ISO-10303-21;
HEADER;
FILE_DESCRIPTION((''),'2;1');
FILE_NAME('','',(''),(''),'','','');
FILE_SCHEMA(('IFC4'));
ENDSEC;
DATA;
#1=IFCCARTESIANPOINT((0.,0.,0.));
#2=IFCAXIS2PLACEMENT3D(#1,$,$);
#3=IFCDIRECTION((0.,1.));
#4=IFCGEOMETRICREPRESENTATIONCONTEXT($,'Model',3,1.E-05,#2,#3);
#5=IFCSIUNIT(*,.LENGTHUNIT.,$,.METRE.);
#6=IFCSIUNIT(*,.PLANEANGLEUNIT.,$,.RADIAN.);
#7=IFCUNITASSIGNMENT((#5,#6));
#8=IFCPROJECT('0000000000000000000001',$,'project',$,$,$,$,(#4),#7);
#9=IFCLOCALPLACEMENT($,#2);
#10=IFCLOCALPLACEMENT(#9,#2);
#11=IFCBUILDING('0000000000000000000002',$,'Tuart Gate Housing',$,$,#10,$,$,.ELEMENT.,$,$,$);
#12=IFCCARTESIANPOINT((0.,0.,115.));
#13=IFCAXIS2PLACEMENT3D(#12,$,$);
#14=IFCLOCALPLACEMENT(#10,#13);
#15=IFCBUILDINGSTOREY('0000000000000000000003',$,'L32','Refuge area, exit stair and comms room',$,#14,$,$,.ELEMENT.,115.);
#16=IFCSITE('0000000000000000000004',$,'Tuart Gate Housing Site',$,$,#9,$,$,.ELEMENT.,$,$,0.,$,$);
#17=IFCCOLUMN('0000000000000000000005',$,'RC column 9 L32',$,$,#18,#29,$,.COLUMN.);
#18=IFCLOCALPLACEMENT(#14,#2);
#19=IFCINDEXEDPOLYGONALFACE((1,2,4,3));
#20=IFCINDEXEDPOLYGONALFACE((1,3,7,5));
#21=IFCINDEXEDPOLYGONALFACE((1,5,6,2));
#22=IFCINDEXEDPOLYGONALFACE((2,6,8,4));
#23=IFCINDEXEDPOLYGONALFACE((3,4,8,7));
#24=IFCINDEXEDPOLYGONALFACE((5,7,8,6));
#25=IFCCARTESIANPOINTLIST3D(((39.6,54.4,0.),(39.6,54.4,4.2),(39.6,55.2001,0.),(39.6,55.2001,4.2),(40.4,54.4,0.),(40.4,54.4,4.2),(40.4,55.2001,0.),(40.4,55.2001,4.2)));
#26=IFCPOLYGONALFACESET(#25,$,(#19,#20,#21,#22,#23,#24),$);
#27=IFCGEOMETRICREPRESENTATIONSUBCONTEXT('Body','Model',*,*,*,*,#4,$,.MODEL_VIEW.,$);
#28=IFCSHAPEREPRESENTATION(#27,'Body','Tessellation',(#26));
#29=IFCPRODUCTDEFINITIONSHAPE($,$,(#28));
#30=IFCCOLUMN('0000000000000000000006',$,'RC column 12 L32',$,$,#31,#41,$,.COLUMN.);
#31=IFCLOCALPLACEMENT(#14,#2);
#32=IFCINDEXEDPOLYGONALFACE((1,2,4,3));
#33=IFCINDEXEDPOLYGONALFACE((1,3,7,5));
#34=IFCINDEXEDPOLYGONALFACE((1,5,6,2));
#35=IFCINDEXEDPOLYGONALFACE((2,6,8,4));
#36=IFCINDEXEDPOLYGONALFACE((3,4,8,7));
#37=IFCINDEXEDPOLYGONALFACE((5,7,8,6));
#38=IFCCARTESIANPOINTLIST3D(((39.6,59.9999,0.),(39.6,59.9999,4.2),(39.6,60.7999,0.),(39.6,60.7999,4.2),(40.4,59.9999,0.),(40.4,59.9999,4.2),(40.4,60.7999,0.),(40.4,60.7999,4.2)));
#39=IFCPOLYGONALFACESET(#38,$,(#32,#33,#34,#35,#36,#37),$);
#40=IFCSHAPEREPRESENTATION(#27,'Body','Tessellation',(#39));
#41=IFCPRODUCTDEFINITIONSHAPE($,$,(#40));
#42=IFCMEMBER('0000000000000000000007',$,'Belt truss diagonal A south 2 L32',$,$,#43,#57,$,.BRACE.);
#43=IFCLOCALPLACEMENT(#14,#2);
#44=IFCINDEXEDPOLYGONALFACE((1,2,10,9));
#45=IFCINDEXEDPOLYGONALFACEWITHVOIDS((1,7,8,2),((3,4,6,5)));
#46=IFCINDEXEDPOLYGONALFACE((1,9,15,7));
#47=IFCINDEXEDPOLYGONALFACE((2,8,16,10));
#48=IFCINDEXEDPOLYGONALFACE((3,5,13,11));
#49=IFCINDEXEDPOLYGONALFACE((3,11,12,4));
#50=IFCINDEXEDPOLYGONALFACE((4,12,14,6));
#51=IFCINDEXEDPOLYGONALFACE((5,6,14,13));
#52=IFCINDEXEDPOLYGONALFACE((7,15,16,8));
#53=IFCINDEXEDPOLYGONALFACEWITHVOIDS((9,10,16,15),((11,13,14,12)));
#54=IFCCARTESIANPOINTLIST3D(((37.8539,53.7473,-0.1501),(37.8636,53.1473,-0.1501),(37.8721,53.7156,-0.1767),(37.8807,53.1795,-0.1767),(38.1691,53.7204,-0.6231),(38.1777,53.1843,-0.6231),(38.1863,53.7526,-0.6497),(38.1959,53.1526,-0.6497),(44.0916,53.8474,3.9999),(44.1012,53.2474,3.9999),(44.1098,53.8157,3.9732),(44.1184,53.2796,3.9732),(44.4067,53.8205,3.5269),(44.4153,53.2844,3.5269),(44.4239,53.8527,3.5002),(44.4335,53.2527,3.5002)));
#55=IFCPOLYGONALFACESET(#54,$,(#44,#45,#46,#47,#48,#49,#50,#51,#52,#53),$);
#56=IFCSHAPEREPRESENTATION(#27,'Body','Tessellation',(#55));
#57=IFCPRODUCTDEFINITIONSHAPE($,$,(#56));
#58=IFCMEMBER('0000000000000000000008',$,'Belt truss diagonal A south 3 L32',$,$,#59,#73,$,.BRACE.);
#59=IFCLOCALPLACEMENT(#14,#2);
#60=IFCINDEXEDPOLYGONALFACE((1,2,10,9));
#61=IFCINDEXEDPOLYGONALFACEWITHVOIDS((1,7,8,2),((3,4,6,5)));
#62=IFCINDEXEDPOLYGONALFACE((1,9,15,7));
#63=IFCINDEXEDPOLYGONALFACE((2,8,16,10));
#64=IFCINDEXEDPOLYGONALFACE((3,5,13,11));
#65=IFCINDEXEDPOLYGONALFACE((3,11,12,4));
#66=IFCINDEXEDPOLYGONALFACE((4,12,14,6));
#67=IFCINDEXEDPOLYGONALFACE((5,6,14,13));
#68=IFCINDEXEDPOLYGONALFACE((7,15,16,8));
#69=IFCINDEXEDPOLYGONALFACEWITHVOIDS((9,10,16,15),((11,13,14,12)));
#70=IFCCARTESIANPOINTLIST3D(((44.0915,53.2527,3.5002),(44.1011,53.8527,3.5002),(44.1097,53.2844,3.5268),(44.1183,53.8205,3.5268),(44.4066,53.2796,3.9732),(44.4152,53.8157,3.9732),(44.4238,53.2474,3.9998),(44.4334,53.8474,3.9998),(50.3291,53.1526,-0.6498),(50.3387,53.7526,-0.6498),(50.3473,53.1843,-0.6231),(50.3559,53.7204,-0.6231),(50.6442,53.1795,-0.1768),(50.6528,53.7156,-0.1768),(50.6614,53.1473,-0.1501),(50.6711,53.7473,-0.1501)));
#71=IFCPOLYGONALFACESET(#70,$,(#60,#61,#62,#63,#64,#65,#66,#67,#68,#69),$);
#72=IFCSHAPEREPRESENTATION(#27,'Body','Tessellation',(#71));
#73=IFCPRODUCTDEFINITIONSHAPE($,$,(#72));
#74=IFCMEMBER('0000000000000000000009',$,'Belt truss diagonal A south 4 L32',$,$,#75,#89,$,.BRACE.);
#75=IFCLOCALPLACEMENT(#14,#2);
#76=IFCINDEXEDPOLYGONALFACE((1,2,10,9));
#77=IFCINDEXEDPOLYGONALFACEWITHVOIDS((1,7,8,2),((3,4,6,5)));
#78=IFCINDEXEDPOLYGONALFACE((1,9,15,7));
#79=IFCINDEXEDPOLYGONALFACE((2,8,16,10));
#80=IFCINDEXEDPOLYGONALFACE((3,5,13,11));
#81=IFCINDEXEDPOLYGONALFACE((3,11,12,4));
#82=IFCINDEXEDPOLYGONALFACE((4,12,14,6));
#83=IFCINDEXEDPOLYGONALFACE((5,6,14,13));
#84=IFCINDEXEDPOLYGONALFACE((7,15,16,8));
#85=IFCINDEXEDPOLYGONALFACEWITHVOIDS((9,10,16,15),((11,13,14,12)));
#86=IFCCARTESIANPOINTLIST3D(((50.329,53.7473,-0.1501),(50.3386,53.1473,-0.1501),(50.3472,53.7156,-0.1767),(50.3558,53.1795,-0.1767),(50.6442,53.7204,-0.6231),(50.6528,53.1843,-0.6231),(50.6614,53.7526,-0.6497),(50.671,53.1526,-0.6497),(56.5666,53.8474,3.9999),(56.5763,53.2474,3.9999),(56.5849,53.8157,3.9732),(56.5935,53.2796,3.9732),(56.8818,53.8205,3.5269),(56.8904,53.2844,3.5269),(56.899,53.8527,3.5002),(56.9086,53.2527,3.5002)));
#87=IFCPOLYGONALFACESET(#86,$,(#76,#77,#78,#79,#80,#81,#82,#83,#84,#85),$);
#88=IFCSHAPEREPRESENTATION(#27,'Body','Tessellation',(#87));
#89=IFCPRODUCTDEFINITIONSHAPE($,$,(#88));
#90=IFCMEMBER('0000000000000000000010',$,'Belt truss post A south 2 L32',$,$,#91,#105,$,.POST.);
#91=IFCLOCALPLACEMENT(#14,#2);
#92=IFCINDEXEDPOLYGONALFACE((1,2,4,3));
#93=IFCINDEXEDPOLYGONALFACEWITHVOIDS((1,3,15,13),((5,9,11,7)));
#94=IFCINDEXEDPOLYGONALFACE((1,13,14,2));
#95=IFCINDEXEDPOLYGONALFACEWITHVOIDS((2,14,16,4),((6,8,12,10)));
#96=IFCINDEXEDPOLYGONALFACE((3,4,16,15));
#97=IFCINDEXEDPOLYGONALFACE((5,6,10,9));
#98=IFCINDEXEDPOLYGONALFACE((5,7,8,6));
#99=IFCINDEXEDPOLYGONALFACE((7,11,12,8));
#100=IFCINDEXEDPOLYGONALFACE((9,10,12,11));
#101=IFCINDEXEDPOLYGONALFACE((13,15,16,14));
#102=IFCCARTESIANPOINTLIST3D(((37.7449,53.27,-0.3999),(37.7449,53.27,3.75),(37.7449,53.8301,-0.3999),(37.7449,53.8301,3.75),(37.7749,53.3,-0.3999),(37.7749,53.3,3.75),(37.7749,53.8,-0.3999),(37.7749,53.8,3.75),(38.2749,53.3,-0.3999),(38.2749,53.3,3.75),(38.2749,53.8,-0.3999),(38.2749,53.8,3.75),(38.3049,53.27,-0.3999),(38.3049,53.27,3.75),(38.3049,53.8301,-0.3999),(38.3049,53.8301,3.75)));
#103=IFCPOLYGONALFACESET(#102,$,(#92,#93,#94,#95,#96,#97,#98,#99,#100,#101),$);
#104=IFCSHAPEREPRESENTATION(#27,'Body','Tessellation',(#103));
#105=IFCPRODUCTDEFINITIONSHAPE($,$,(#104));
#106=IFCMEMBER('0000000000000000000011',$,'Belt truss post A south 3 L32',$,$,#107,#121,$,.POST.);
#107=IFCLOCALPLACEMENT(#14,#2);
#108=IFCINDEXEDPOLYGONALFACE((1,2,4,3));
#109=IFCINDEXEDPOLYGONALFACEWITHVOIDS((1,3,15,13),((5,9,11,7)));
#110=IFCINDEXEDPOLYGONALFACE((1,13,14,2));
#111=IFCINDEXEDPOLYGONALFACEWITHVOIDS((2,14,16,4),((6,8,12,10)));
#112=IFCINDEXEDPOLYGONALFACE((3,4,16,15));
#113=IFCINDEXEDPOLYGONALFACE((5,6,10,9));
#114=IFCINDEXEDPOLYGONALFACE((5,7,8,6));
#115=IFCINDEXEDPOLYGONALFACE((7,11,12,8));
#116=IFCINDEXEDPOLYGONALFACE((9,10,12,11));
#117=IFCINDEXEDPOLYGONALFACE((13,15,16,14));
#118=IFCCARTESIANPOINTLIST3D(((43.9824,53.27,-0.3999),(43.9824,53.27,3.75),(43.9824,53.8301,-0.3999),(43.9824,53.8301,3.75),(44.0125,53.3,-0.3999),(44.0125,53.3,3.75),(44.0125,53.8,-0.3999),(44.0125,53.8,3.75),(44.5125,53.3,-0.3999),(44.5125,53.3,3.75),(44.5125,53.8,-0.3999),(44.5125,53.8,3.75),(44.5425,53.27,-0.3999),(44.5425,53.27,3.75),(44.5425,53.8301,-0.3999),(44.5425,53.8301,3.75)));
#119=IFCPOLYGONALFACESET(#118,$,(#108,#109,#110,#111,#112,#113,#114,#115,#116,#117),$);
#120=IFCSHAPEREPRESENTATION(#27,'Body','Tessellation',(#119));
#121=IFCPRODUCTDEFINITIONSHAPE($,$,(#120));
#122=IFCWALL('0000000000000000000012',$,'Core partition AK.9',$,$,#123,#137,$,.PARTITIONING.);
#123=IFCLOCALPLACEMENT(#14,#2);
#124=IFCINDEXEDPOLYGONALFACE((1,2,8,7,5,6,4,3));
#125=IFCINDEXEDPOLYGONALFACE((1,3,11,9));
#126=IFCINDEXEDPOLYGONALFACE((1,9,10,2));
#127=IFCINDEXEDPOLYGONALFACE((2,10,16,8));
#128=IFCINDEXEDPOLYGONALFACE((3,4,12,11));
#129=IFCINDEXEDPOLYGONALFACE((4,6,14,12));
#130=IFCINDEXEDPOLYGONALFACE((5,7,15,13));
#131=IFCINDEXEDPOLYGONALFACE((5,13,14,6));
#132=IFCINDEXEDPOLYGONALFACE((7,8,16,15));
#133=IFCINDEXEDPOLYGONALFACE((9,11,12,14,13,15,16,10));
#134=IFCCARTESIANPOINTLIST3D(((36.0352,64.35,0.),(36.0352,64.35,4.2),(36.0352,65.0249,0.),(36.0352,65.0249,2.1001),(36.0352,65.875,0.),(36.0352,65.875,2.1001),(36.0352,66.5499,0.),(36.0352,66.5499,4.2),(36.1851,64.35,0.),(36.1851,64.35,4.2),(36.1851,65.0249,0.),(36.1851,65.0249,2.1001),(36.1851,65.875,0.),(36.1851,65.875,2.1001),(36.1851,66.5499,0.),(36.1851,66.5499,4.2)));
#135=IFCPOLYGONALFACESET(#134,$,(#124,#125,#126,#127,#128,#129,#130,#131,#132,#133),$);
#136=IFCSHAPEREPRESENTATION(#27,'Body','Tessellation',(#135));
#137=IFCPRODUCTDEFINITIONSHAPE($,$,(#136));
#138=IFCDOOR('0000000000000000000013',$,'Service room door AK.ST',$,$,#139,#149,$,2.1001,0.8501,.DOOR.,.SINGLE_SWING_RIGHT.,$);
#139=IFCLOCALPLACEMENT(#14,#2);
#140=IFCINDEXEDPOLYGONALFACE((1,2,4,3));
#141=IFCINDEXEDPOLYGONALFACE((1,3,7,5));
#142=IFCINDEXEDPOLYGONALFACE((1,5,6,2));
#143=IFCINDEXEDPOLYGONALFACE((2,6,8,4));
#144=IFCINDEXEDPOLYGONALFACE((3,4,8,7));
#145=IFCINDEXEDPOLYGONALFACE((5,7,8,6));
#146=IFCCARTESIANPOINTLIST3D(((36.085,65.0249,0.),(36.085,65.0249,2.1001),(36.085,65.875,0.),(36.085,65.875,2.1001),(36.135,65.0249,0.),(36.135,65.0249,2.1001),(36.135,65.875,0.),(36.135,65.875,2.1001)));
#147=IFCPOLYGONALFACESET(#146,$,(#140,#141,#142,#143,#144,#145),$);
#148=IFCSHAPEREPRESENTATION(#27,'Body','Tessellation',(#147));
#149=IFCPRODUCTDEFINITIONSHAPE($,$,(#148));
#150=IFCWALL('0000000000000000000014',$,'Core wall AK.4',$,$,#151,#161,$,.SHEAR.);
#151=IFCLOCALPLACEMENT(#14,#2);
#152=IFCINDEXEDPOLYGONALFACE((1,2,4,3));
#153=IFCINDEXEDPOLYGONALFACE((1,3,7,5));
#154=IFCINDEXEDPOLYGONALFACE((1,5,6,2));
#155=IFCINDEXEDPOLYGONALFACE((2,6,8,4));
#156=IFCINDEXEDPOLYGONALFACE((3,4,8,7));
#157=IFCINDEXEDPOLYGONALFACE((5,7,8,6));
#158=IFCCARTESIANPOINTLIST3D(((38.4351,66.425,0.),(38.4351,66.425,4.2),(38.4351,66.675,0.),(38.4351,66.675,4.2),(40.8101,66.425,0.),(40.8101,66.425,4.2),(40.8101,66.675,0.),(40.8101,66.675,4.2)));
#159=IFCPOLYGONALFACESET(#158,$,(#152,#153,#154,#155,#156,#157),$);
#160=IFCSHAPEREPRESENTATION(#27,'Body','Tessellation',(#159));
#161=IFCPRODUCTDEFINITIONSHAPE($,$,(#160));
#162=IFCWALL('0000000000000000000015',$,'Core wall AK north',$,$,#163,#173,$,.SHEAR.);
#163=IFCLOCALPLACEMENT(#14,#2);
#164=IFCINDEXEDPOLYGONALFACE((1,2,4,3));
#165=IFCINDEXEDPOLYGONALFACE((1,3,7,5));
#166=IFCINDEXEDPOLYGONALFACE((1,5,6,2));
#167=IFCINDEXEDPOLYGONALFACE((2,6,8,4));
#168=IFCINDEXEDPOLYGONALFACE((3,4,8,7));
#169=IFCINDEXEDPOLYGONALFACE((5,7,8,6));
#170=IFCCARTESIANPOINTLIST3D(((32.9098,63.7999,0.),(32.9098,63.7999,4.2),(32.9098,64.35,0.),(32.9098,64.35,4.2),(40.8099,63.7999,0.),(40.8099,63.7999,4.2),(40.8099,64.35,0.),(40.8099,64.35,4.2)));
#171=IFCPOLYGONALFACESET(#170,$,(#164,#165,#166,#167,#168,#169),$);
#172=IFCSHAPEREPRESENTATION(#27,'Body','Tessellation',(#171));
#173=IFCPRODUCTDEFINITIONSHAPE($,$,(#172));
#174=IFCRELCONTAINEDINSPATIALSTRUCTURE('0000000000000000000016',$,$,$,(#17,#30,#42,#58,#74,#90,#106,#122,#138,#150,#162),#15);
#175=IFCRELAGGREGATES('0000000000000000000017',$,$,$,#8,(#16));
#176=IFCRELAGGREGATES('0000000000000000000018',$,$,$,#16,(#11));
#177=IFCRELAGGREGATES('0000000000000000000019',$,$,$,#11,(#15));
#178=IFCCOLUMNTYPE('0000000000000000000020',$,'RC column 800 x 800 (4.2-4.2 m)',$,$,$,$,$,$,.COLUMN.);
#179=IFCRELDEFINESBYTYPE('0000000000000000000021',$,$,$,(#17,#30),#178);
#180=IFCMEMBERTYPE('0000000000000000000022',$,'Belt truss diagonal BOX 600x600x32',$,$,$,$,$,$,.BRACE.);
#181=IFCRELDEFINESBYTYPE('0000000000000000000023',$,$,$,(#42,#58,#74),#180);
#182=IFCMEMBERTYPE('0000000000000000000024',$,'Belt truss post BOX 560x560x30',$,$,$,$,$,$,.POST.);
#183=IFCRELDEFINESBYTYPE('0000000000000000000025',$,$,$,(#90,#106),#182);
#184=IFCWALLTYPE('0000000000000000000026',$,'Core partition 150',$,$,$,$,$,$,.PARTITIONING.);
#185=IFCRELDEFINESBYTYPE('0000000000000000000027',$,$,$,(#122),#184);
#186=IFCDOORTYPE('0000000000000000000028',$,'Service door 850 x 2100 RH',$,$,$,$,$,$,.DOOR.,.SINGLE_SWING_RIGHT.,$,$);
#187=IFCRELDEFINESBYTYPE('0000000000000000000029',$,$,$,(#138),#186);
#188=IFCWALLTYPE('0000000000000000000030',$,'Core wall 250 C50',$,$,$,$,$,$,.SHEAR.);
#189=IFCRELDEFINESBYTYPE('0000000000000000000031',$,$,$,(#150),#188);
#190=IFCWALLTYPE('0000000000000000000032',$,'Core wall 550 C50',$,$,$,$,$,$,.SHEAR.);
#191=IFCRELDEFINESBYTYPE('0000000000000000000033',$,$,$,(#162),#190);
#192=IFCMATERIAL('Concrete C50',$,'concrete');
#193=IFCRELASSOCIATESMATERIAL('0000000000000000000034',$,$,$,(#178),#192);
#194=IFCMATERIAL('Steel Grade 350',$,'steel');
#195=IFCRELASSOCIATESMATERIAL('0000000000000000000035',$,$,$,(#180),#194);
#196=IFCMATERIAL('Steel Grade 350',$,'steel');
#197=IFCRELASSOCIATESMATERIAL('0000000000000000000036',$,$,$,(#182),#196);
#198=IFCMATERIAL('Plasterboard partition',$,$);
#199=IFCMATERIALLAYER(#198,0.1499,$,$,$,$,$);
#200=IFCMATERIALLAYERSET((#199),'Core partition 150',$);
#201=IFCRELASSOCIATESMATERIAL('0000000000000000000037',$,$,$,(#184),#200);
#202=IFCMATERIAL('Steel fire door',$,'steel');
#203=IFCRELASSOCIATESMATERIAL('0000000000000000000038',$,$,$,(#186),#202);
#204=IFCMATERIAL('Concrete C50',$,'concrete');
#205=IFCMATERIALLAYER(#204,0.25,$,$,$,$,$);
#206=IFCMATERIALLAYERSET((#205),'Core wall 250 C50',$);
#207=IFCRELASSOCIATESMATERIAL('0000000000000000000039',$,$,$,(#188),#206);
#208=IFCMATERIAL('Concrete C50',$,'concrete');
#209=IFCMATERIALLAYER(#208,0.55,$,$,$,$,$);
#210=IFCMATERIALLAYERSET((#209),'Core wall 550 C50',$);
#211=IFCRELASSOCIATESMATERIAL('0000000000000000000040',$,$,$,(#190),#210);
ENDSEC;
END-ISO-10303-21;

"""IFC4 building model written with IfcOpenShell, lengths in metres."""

from ifc_helpers import new_model, si_unit, direction, frame, frame_2d, origin, origin_2d, place, context, subcontext, project, spatial, rectangle, hollow_rectangle, extrude, material, layer, layer_set, material_profile, profile_set, type_object, element, fill, save


model = new_model("IFC4")

# Units and contexts
model_context = context("Model", 3, precision=1e-05, world=origin(), true_north=direction((0.0, 1.0)))
body_context = subcontext(model_context, "Body", "Model", "MODEL_VIEW")
ifc_project = project(units=[si_unit("LENGTHUNIT", "METRE"), si_unit("PLANEANGLEUNIT", "RADIAN")], contexts=[model_context])

# Site, building, storey
site_placement = place(None, origin())
site = spatial("IfcSite", under=ifc_project, at=site_placement, Name="Tuart Gate Housing Site", CompositionType="ELEMENT", RefElevation=0.0)
building_placement = place(site_placement, origin())
building = spatial("IfcBuilding", under=site, at=building_placement, Name="Tuart Gate Housing", CompositionType="ELEMENT")
storey_placement = place(building_placement, frame((0.0, 0.0, 115.0)))
storey = spatial("IfcBuildingStorey", under=building, at=storey_placement, Name="L32", Description="Refuge area, exit stair and comms room", CompositionType="ELEMENT", Elevation=115.0)

# Columns
ifc_material_1 = material(Name="Concrete C50", Category="concrete")
ifc_material_profile_1 = material_profile(ifc_material_1, rectangle(XDim=0.8, YDim=0.8, at=origin_2d()), Name="RC column 800 x 800 (4.2-4.2 m)")
ifc_profile_set_1 = profile_set([ifc_material_profile_1], Name="Concrete C50")
column_type = type_object("IfcColumnType", Name="RC column 800 x 800 (4.2-4.2 m)", PredefinedType="COLUMN", material=ifc_profile_set_1)
for number, where, z_axis, x_axis, name in (
    (1, (40.0, 54.8, 0.0), (0.0, 0.0, 1.0), (1.0, 0.0, 0.0), "RC column 9 L32"),
    (2, (40.0, 60.3999, 0.0), (0.0, 0.0, 1.0), (1.0, 0.0, 0.0), "RC column 12 L32"),
):
    element("IfcColumn", number, at=place(storey_placement, frame(where, z_axis=z_axis, x_axis=x_axis)), inside=storey, type_object=column_type, Name=name, PredefinedType="COLUMN", context=body_context, shape_type="SweptSolid", body=[
        extrude(rectangle(XDim=0.8, YDim=0.8, at=origin_2d()), origin(), (0.0, 0.0, 1.0), 4.2),
    ])

# Members
ifc_material_2 = material(Name="Steel Grade 350", Category="steel")
ifc_material_profile_2 = material_profile(ifc_material_2, hollow_rectangle(XDim=0.6001, YDim=0.6001, WallThickness=0.032, at=origin_2d()), Name="BOX 600x600x32")
ifc_profile_set_2 = profile_set([ifc_material_profile_2], Name="Steel Grade 350")
member_type_1 = type_object("IfcMemberType", Name="Belt truss diagonal BOX 600x600x32", PredefinedType="BRACE", material=ifc_profile_set_2)
for number, where, z_axis, x_axis, name in (
    (3, (38.0249, 53.45, -0.3999), (0.832497, 0.01336, 0.553868), (-0.016046, 0.999871, 0.0), "Belt truss diagonal A south 2 L32"),
    (4, (44.2625, 53.55, 3.75), (0.832497, -0.01336, -0.553868), (0.016046, 0.999871, 0.0), "Belt truss diagonal A south 3 L32"),
    (5, (50.5, 53.45, -0.3999), (0.832497, 0.01336, 0.553868), (-0.016046, 0.999871, 0.0), "Belt truss diagonal A south 4 L32"),
):
    element("IfcMember", number, at=place(storey_placement, frame(where, z_axis=z_axis, x_axis=x_axis)), inside=storey, type_object=member_type_1, Name=name, PredefinedType="BRACE", context=body_context, shape_type="SweptSolid", body=[
        extrude(hollow_rectangle(XDim=0.6001, YDim=0.6001, WallThickness=0.032, at=origin_2d()), origin(), (0.0, 0.0, 1.0), 7.4927),
    ])
ifc_material_3 = material(Name="Steel Grade 350", Category="steel")
ifc_material_profile_3 = material_profile(ifc_material_3, hollow_rectangle(XDim=0.5601, YDim=0.5601, WallThickness=0.03, at=origin_2d()), Name="BOX 560x560x30")
ifc_profile_set_3 = profile_set([ifc_material_profile_3], Name="Steel Grade 350")
member_type_2 = type_object("IfcMemberType", Name="Belt truss post BOX 560x560x30", PredefinedType="POST", material=ifc_profile_set_3)
for number, where, z_axis, x_axis, name in (
    (6, (38.0249, 53.55, -0.3999), (0.0, 0.0, 1.0), (1.0, 0.0, 0.0), "Belt truss post A south 2 L32"),
    (7, (44.2625, 53.55, -0.3999), (0.0, 0.0, 1.0), (1.0, 0.0, 0.0), "Belt truss post A south 3 L32"),
):
    element("IfcMember", number, at=place(storey_placement, frame(where, z_axis=z_axis, x_axis=x_axis)), inside=storey, type_object=member_type_2, Name=name, PredefinedType="POST", context=body_context, shape_type="SweptSolid", body=[
        extrude(hollow_rectangle(XDim=0.5601, YDim=0.5601, WallThickness=0.03, at=origin_2d()), origin(), (0.0, 0.0, 1.0), 4.1499),
    ])

# Wall, opening, door
ifc_material_4 = material(Name="Plasterboard partition")
ifc_layer_1 = layer(ifc_material_4, 0.1499)
ifc_layer_set_1 = layer_set([ifc_layer_1], Name="Core partition 150")
wall_type_1 = type_object("IfcWallType", Name="Core partition 150", PredefinedType="PARTITIONING", material=ifc_layer_set_1)
wall_1_placement = place(storey_placement, frame((36.1101, 66.55, 0.0), z_axis=(0.0, 0.0, 1.0), x_axis=(0.0, -1.0, 0.0)))
wall_1 = element("IfcWall", 8, at=wall_1_placement, inside=storey, type_object=wall_type_1, Name="Core partition AK.9", PredefinedType="PARTITIONING", context=body_context, shape_type="SweptSolid", body=[
    extrude(rectangle(XDim=2.2, YDim=0.1499, at=frame_2d((1.1001, 0.0))), origin(), (0.0, 0.0, 1.0), 4.2),
])
opening_1_placement = place(wall_1_placement, frame((0.675, 0.0, 0.0)))
opening_1 = element("IfcOpeningElement", 9, at=opening_1_placement, cuts=wall_1, PredefinedType="OPENING", context=body_context, shape_type="SweptSolid", body=[
    extrude(rectangle(XDim=0.8501, YDim=2.1001, at=frame_2d((0.425, 1.05))), frame((0.0, 0.085, 0.0), z_axis=(0.0, -1.0, 0.0), x_axis=(1.0, 0.0, 0.0)), (0.0, 0.0, 1.0), 0.1699),
])
ifc_material_5 = material(Name="Steel fire door", Category="steel")
door_type_1 = type_object("IfcDoorType", Name="Service door 850 x 2100 RH", OperationType="SINGLE_SWING_RIGHT", PredefinedType="DOOR", material=ifc_material_5)
door_1_placement = place(opening_1_placement, frame((0.8501, 0.0, 0.0), z_axis=(0.0, 0.0, 1.0), x_axis=(-1.0, 0.0, 0.0)))
door_1 = element("IfcDoor", 10, at=door_1_placement, inside=storey, type_object=door_type_1, Name="Service room door AK.ST", OperationType="SINGLE_SWING_RIGHT", OverallHeight=2.1001, OverallWidth=0.8501, PredefinedType="DOOR", context=body_context, shape_type="SweptSolid", body=[
    extrude(rectangle(XDim=0.8501, YDim=2.1001, at=frame_2d((0.425, 1.05))), frame((0.0, 0.0251, 0.0), z_axis=(0.0, -1.0, 0.0), x_axis=(1.0, 0.0, 0.0)), (0.0, 0.0, 1.0), 0.05),
])
fill(opening_1, door_1)

# Walls
ifc_material_6 = material(Name="Concrete C50", Category="concrete")
ifc_layer_2 = layer(ifc_material_6, 0.25)
ifc_layer_set_2 = layer_set([ifc_layer_2], Name="Core wall 250 C50")
wall_type_2 = type_object("IfcWallType", Name="Core wall 250 C50", PredefinedType="SHEAR", material=ifc_layer_set_2)
wall_2_placement = place(storey_placement, frame((40.8101, 66.55, 0.0), z_axis=(0.0, 0.0, 1.0), x_axis=(-1.0, 0.0, 0.0)))
element("IfcWall", 11, at=wall_2_placement, inside=storey, type_object=wall_type_2, Name="Core wall AK.4", PredefinedType="SHEAR", context=body_context, shape_type="SweptSolid", body=[
    extrude(rectangle(XDim=2.375, YDim=0.25, at=frame_2d((1.1875, 0.0))), origin(), (0.0, 0.0, 1.0), 4.2),
])
ifc_material_7 = material(Name="Concrete C50", Category="concrete")
ifc_layer_3 = layer(ifc_material_7, 0.55)
ifc_layer_set_3 = layer_set([ifc_layer_3], Name="Core wall 550 C50")
wall_type_3 = type_object("IfcWallType", Name="Core wall 550 C50", PredefinedType="SHEAR", material=ifc_layer_set_3)
wall_3_placement = place(storey_placement, frame((40.8101, 64.075, 0.0), z_axis=(0.0, 0.0, 1.0), x_axis=(-1.0, 0.0, 0.0)))
element("IfcWall", 12, at=wall_3_placement, inside=storey, type_object=wall_type_3, Name="Core wall AK north", PredefinedType="SHEAR", context=body_context, shape_type="SweptSolid", body=[
    extrude(rectangle(XDim=7.9001, YDim=0.55, at=frame_2d((3.9502, 0.0))), origin(), (0.0, 0.0, 1.0), 4.2),
])

save(model, "model.ifc")
